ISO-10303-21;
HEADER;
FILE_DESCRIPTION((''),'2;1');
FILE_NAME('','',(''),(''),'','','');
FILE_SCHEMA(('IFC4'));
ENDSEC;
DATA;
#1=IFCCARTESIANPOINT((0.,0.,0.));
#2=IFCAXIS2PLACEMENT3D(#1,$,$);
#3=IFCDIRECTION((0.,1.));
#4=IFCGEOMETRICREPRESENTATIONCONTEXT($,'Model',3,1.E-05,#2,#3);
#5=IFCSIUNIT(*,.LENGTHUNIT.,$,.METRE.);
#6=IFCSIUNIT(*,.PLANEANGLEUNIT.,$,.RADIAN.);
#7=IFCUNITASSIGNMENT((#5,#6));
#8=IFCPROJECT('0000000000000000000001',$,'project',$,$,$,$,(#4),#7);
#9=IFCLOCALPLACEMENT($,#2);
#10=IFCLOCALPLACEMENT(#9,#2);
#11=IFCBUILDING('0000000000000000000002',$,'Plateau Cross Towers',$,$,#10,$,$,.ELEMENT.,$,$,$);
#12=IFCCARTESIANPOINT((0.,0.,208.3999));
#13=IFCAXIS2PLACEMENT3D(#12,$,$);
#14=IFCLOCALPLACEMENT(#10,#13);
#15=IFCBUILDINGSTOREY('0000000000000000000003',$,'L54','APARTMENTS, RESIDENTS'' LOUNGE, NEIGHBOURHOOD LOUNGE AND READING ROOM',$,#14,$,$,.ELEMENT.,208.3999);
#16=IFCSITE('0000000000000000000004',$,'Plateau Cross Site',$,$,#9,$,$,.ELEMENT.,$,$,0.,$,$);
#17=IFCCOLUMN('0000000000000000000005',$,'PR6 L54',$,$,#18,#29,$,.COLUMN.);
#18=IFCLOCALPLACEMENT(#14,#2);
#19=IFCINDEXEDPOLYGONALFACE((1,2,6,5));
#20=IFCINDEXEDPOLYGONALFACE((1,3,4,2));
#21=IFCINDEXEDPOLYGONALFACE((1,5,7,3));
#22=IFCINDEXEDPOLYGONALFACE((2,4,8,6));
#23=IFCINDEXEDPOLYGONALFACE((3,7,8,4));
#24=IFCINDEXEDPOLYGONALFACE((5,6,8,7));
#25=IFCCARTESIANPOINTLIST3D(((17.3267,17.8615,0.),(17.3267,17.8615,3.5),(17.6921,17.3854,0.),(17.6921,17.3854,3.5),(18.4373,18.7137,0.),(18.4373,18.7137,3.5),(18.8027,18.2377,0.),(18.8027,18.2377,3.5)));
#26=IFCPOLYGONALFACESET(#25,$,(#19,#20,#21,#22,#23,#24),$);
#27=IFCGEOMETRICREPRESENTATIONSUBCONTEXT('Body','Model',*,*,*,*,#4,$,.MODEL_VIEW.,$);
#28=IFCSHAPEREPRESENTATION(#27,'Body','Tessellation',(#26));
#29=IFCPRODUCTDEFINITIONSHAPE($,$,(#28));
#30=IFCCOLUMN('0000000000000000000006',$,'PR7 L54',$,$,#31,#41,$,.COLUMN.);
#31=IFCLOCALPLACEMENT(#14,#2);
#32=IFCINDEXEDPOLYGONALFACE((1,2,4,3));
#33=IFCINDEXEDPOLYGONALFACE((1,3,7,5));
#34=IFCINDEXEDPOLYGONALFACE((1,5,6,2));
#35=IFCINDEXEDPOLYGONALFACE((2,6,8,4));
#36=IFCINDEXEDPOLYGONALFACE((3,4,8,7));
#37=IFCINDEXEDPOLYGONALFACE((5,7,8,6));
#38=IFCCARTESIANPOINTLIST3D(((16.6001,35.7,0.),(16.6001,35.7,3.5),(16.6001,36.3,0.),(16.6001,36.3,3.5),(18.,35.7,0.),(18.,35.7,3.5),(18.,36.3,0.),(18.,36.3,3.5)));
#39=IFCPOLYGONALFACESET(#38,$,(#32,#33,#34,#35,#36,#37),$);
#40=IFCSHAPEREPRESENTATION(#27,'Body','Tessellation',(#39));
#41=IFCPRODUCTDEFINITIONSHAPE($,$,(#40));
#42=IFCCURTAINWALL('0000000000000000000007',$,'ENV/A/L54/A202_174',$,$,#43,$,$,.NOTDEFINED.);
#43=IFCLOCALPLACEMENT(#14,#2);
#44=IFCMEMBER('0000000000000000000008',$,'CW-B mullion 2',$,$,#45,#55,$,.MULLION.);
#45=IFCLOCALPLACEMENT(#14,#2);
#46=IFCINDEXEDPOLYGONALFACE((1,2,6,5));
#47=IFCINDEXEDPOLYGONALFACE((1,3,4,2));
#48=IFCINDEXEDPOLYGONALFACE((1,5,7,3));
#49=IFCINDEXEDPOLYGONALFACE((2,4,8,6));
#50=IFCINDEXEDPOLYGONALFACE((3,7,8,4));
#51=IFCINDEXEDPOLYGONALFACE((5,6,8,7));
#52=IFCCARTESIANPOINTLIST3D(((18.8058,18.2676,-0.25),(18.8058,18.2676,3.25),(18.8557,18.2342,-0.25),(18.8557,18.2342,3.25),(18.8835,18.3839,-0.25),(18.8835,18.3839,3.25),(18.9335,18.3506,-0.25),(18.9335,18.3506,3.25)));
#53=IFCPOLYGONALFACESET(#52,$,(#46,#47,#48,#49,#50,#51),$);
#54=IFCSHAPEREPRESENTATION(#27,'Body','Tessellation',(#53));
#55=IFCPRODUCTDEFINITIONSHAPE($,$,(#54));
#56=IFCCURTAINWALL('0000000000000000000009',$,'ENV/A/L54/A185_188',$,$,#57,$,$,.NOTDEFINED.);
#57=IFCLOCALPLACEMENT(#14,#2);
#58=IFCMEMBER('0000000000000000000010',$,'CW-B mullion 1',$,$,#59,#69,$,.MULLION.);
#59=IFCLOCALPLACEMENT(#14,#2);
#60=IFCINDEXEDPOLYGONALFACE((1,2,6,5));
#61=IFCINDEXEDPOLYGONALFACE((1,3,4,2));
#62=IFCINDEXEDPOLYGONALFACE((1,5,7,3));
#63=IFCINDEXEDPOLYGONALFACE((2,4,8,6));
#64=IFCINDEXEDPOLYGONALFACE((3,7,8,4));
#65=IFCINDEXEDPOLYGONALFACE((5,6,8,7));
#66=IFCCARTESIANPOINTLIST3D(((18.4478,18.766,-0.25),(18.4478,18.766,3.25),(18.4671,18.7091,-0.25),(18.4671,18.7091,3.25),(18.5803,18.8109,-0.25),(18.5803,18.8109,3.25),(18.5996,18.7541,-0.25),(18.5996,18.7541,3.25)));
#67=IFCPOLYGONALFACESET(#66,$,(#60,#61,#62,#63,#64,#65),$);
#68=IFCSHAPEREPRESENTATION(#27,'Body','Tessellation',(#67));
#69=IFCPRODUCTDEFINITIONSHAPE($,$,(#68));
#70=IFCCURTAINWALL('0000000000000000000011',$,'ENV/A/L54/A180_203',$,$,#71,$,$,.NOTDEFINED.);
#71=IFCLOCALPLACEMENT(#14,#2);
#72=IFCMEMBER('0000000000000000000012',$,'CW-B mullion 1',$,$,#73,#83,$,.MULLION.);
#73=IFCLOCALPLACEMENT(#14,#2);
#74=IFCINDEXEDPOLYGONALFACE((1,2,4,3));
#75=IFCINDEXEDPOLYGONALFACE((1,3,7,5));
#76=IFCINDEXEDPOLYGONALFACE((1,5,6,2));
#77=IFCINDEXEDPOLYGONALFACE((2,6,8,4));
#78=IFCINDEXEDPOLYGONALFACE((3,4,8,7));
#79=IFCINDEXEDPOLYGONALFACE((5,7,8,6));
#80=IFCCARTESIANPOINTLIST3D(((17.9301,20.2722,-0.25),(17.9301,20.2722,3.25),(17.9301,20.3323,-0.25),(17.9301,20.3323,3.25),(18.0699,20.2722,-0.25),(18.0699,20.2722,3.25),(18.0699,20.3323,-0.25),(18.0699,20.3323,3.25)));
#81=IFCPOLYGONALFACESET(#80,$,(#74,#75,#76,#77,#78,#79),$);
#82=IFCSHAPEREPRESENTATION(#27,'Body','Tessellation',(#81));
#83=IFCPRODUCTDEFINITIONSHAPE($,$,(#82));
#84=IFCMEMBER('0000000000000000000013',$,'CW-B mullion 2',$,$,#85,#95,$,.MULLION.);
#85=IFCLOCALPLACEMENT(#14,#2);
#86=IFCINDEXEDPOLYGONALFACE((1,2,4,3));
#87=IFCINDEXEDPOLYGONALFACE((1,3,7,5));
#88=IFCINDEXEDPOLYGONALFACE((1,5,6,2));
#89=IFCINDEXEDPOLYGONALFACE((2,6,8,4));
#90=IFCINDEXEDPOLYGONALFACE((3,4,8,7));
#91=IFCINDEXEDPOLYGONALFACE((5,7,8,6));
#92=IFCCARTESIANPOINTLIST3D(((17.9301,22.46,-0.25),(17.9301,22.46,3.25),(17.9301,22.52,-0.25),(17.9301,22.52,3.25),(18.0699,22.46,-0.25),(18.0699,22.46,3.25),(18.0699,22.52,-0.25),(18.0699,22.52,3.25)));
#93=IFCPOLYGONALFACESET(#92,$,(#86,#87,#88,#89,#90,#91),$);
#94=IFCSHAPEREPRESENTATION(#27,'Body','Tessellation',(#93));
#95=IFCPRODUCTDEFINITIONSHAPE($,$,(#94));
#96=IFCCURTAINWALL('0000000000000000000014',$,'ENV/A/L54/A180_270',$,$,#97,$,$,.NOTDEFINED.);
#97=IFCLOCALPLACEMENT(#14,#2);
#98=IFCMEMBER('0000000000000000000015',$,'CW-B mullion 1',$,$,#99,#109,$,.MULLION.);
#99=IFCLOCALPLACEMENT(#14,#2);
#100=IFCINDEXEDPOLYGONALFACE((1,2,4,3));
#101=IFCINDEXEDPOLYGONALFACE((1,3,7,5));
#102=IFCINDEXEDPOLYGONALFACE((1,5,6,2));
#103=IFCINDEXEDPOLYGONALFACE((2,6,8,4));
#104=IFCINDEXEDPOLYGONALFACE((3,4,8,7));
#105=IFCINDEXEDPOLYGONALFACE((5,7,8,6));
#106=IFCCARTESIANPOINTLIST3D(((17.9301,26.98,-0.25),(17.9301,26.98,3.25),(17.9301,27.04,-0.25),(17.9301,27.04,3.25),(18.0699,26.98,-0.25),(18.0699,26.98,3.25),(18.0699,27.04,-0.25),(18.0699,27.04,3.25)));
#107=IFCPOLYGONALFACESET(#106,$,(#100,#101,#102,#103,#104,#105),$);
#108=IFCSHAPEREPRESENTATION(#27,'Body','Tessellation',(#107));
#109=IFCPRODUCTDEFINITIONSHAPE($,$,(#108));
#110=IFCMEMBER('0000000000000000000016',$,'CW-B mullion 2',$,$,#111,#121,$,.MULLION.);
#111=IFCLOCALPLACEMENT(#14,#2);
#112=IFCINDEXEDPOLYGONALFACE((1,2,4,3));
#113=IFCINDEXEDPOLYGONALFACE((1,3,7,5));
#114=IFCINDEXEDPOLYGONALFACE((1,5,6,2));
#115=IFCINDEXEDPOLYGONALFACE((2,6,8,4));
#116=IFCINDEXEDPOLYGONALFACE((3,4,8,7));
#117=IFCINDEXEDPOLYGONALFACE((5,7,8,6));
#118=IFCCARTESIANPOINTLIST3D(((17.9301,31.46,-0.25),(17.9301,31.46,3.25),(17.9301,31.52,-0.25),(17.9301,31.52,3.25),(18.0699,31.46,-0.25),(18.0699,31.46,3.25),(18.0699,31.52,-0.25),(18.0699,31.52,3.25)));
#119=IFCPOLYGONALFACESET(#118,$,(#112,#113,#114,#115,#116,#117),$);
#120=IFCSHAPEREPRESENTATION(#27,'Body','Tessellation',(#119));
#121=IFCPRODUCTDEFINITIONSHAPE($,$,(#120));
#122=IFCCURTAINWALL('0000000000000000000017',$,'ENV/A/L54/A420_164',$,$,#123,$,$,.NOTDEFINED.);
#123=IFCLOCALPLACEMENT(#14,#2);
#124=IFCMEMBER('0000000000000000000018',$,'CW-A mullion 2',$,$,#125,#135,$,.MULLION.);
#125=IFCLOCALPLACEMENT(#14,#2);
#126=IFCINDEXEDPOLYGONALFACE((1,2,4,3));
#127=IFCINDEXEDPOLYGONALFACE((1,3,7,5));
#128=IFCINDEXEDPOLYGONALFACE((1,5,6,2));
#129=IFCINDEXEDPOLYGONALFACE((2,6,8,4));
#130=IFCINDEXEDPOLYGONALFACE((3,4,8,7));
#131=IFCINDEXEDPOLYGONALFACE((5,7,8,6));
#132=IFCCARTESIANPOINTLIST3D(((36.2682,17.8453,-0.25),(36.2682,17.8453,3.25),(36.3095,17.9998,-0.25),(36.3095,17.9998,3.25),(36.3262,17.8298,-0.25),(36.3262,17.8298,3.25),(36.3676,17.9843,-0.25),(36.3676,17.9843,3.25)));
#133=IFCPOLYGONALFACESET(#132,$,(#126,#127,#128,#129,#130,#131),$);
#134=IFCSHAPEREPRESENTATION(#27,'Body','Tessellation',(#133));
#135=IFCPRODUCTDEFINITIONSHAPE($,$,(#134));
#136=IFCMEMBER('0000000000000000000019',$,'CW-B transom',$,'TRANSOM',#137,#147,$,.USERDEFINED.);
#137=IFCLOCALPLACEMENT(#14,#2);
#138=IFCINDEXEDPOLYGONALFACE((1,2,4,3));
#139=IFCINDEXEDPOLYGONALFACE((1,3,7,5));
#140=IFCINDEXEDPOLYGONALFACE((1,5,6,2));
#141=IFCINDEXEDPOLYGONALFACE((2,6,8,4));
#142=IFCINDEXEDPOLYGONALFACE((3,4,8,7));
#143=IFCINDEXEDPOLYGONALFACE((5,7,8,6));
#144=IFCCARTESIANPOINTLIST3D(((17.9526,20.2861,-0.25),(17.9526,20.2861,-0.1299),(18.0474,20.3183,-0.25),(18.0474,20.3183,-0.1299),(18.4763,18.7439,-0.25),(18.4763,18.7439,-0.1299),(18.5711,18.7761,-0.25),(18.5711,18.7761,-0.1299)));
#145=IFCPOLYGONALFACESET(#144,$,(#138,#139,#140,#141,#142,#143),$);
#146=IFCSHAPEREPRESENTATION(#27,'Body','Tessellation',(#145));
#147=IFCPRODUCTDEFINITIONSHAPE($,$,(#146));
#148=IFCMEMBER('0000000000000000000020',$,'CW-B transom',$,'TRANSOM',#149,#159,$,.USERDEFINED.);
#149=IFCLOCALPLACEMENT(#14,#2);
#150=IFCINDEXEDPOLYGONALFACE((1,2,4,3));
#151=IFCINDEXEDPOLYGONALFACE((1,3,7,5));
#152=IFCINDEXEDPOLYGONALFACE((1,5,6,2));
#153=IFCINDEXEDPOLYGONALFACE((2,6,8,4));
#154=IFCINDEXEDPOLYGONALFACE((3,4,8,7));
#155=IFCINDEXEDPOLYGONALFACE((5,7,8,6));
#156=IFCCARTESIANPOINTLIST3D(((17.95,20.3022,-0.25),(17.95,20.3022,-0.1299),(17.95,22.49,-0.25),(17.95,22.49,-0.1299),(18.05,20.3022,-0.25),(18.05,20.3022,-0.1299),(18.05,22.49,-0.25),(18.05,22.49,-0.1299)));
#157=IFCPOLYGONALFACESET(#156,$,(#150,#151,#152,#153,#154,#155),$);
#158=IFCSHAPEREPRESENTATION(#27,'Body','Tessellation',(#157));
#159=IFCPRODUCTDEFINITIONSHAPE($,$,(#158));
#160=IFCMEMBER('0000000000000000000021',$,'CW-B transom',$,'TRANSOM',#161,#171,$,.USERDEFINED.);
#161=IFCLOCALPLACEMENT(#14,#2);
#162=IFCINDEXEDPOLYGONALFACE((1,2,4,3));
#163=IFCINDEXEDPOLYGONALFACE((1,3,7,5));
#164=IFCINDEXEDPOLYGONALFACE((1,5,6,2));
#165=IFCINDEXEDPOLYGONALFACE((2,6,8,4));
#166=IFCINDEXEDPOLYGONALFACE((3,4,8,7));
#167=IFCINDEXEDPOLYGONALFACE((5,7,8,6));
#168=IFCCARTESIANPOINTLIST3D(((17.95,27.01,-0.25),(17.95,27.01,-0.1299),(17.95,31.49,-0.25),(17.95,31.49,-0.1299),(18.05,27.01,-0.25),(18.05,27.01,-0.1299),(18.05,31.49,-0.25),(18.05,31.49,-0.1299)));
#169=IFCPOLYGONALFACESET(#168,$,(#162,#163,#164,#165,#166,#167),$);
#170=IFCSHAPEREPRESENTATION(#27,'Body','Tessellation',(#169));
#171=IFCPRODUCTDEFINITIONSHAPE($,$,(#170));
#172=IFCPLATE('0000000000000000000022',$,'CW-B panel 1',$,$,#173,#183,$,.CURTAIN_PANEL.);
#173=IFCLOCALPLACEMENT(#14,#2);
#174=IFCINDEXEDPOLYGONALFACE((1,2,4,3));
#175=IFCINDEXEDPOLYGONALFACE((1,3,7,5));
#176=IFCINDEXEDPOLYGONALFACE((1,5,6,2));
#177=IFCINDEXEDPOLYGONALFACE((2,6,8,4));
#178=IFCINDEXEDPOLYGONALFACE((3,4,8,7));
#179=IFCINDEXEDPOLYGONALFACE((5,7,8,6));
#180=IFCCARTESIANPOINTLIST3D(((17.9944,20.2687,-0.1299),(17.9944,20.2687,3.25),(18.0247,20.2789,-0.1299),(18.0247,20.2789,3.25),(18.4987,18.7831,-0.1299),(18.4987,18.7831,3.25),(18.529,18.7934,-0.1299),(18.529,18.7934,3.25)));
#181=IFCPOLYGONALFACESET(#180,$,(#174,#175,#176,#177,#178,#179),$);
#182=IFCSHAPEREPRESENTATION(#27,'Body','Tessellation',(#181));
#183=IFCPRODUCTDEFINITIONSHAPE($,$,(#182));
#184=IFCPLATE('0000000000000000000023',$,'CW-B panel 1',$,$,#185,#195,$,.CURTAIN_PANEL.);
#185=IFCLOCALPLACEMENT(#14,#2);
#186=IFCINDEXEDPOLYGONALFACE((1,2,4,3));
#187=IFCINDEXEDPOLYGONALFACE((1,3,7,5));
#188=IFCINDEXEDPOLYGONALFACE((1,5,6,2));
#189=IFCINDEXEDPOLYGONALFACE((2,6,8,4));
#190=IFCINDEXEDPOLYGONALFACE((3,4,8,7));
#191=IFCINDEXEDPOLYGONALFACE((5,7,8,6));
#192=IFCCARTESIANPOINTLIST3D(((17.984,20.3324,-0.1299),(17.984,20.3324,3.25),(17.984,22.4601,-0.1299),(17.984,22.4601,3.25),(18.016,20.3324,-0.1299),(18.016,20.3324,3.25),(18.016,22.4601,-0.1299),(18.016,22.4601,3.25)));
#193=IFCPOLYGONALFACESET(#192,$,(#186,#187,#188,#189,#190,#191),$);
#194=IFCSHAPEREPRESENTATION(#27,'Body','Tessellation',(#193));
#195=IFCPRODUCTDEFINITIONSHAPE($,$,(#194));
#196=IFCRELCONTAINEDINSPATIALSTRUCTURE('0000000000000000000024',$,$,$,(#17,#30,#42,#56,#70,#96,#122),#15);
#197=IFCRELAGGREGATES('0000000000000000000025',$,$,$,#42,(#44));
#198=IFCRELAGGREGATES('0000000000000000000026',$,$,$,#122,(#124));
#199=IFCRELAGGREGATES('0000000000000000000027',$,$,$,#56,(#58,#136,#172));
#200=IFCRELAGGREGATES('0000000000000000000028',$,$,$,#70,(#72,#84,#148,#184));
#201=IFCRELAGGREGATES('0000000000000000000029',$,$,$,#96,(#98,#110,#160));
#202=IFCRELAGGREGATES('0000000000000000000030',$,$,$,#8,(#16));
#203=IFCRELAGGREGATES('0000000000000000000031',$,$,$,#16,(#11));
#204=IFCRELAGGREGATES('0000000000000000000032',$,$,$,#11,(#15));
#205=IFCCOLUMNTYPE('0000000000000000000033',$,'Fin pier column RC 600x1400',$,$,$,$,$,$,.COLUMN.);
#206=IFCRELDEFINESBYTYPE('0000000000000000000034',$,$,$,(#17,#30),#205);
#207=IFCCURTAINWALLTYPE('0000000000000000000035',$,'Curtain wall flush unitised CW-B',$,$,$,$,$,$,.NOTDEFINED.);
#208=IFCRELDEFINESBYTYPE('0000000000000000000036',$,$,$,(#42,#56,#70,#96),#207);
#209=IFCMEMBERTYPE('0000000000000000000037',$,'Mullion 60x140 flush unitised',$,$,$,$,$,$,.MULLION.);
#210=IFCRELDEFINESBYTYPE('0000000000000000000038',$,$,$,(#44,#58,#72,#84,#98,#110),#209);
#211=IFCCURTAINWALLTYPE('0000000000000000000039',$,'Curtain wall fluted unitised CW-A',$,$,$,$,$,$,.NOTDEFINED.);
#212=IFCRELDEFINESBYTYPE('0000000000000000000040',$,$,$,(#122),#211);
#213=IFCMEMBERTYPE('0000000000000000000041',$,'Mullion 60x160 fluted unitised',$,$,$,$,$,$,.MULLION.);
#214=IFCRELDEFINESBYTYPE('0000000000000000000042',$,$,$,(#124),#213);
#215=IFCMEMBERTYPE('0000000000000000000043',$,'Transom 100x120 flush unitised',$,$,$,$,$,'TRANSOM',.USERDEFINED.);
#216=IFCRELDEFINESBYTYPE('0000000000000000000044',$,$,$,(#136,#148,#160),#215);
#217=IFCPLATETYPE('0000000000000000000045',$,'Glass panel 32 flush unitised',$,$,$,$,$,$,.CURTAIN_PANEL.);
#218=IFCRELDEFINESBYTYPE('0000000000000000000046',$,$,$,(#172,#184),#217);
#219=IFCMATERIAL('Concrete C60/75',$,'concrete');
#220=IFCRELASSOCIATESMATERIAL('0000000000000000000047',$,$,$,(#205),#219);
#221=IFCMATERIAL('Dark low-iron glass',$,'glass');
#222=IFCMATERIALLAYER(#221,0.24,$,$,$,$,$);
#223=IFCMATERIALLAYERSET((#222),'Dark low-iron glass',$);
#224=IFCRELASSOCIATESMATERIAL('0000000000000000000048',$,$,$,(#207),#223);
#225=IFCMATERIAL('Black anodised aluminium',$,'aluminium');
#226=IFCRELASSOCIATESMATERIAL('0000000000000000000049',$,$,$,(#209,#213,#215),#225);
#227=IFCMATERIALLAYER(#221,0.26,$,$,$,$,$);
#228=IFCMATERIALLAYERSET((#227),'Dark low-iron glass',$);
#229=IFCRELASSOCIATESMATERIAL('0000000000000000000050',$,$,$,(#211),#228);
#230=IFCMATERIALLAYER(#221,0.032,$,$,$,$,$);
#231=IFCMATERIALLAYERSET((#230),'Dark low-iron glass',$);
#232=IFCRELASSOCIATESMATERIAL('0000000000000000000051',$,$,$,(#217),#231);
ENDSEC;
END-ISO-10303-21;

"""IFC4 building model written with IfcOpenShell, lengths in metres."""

from ifc_helpers import new_model, si_unit, direction, frame, origin, origin_2d, place, context, subcontext, project, spatial, rectangle, extrude, material, layer, layer_set, material_profile, profile_set, type_object, element, aggregate, save


model = new_model("IFC4")

# Units and contexts
model_context = context("Model", 3, precision=1e-05, world=origin(), true_north=direction((0.0, 1.0)))
body_context = subcontext(model_context, "Body", "Model", "MODEL_VIEW")
ifc_project = project(units=[si_unit("LENGTHUNIT", "METRE"), si_unit("PLANEANGLEUNIT", "RADIAN")], contexts=[model_context])

# Site, building, storey
site_placement = place(None, origin())
site = spatial("IfcSite", under=ifc_project, at=site_placement, Name="Plateau Cross Site", CompositionType="ELEMENT", RefElevation=0.0)
building_placement = place(site_placement, origin())
building = spatial("IfcBuilding", under=site, at=building_placement, Name="Plateau Cross Towers", CompositionType="ELEMENT")
storey_placement = place(building_placement, frame((0.0, 0.0, 208.3999)))
storey = spatial("IfcBuildingStorey", under=building, at=storey_placement, Name="L54", Description="APARTMENTS, RESIDENTS' LOUNGE, NEIGHBOURHOOD LOUNGE AND READING ROOM", CompositionType="ELEMENT", Elevation=208.3999)

# Columns
ifc_material_1 = material(Name="Concrete C60/75", Category="concrete")
ifc_material_profile_1 = material_profile(ifc_material_1, rectangle(XDim=0.6001, YDim=1.3999, at=origin_2d()), Name="RC 600x1400")
ifc_profile_set_1 = profile_set([ifc_material_profile_1], Name="Concrete C60/75")
column_type = type_object("IfcColumnType", Name="Fin pier column RC 600x1400", PredefinedType="COLUMN", material=ifc_profile_set_1)
for number, where, z_axis, x_axis, name in (
    (1, (18.0647, 18.0496, 0.0), (0.0, 0.0, 1.0), (-0.608811, 0.793315, 0.0), "PR6 L54"),
    (2, (17.3, 36.0, 0.0), (0.0, 0.0, 1.0), (0.0, 1.0, 0.0), "PR7 L54"),
):
    element("IfcColumn", number, at=place(storey_placement, frame(where, z_axis=z_axis, x_axis=x_axis)), inside=storey, type_object=column_type, Name=name, PredefinedType="COLUMN", context=body_context, shape_type="SweptSolid", body=[
        extrude(rectangle(XDim=0.6001, YDim=1.3999, at=origin_2d()), origin(), (0.0, 0.0, 1.0), 3.5),
    ])

# Curtain walls, members
ifc_material_2 = material(Name="Dark low-iron glass", Category="glass")
ifc_layer_1 = layer(ifc_material_2, 0.24)
ifc_layer_set_1 = layer_set([ifc_layer_1], Name="Dark low-iron glass")
curtain_wall_type_1 = type_object("IfcCurtainWallType", Name="Curtain wall flush unitised CW-B", PredefinedType="NOTDEFINED", material=ifc_layer_set_1)
curtain_wall_1_placement = place(storey_placement, origin())
curtain_wall_1 = element("IfcCurtainWall", 3, at=curtain_wall_1_placement, inside=storey, type_object=curtain_wall_type_1, Name="ENV/A/L54/A202_174", PredefinedType="NOTDEFINED")
ifc_material_3 = material(Name="Black anodised aluminium", Category="aluminium")
ifc_material_profile_2 = material_profile(ifc_material_3, rectangle(XDim=0.0601, YDim=0.1399, at=origin_2d()), Name="MULLION 60x140")
ifc_profile_set_2 = profile_set([ifc_material_profile_2], Name="Black anodised aluminium")
member_type_1 = type_object("IfcMemberType", Name="Mullion 60x140 flush unitised", PredefinedType="MULLION", material=ifc_profile_set_2)
member_1_placement = place(storey_placement, frame((18.8696, 18.3091, -0.25), z_axis=(0.0, 0.0, 1.0), x_axis=(-0.831521, 0.555493, 0.0)))
member_1 = element("IfcMember", 4, at=member_1_placement, type_object=member_type_1, Name="CW-B mullion 2", PredefinedType="MULLION", context=body_context, shape_type="SweptSolid", body=[
    extrude(rectangle(XDim=0.0601, YDim=0.1399, at=origin_2d()), origin(), (0.0, 0.0, 1.0), 3.5),
])
aggregate(curtain_wall_1, [member_1])
curtain_wall_2_placement = place(storey_placement, origin())
curtain_wall_2 = element("IfcCurtainWall", 5, at=curtain_wall_2_placement, inside=storey, type_object=curtain_wall_type_1, Name="ENV/A/L54/A185_188", PredefinedType="NOTDEFINED")
member_2_placement = place(storey_placement, frame((18.5237, 18.76, -0.25), z_axis=(0.0, 0.0, 1.0), x_axis=(-0.321469, 0.94692, 0.0)))
member_2 = element("IfcMember", 6, at=member_2_placement, type_object=member_type_1, Name="CW-B mullion 1", PredefinedType="MULLION", context=body_context, shape_type="SweptSolid", body=[
    extrude(rectangle(XDim=0.0601, YDim=0.1399, at=origin_2d()), origin(), (0.0, 0.0, 1.0), 3.5),
])

# Curtain walls, members
curtain_wall_3_placement = place(storey_placement, origin())
curtain_wall_3 = element("IfcCurtainWall", 7, at=curtain_wall_3_placement, inside=storey, type_object=curtain_wall_type_1, Name="ENV/A/L54/A180_203", PredefinedType="NOTDEFINED")
member_3_placement = place(storey_placement, frame((18.0, 20.3022, -0.25), z_axis=(0.0, 0.0, 1.0), x_axis=(0.0, 1.0, 0.0)))
member_3 = element("IfcMember", 8, at=member_3_placement, type_object=member_type_1, Name="CW-B mullion 1", PredefinedType="MULLION", context=body_context, shape_type="SweptSolid", body=[
    extrude(rectangle(XDim=0.0601, YDim=0.1399, at=origin_2d()), origin(), (0.0, 0.0, 1.0), 3.5),
])
member_4_placement = place(storey_placement, frame((18.0, 22.49, -0.25), z_axis=(0.0, 0.0, 1.0), x_axis=(0.0, 1.0, 0.0)))
member_4 = element("IfcMember", 9, at=member_4_placement, type_object=member_type_1, Name="CW-B mullion 2", PredefinedType="MULLION", context=body_context, shape_type="SweptSolid", body=[
    extrude(rectangle(XDim=0.0601, YDim=0.1399, at=origin_2d()), origin(), (0.0, 0.0, 1.0), 3.5),
])
curtain_wall_4_placement = place(storey_placement, origin())
curtain_wall_4 = element("IfcCurtainWall", 10, at=curtain_wall_4_placement, inside=storey, type_object=curtain_wall_type_1, Name="ENV/A/L54/A180_270", PredefinedType="NOTDEFINED")
member_5_placement = place(storey_placement, frame((18.0, 27.01, -0.25), z_axis=(0.0, 0.0, 1.0), x_axis=(0.0, 1.0, 0.0)))
member_5 = element("IfcMember", 11, at=member_5_placement, type_object=member_type_1, Name="CW-B mullion 1", PredefinedType="MULLION", context=body_context, shape_type="SweptSolid", body=[
    extrude(rectangle(XDim=0.0601, YDim=0.1399, at=origin_2d()), origin(), (0.0, 0.0, 1.0), 3.5),
])
member_6_placement = place(storey_placement, frame((18.0, 31.49, -0.25), z_axis=(0.0, 0.0, 1.0), x_axis=(0.0, 1.0, 0.0)))
member_6 = element("IfcMember", 12, at=member_6_placement, type_object=member_type_1, Name="CW-B mullion 2", PredefinedType="MULLION", context=body_context, shape_type="SweptSolid", body=[
    extrude(rectangle(XDim=0.0601, YDim=0.1399, at=origin_2d()), origin(), (0.0, 0.0, 1.0), 3.5),
])

# Curtain wall, member
ifc_layer_2 = layer(ifc_material_2, 0.26)
ifc_layer_set_2 = layer_set([ifc_layer_2], Name="Dark low-iron glass")
curtain_wall_type_2 = type_object("IfcCurtainWallType", Name="Curtain wall fluted unitised CW-A", PredefinedType="NOTDEFINED", material=ifc_layer_set_2)
curtain_wall_5_placement = place(storey_placement, origin())
curtain_wall_5 = element("IfcCurtainWall", 13, at=curtain_wall_5_placement, inside=storey, type_object=curtain_wall_type_2, Name="ENV/A/L54/A420_164", PredefinedType="NOTDEFINED")
ifc_material_profile_3 = material_profile(ifc_material_3, rectangle(XDim=0.0601, YDim=0.1599, at=origin_2d()), Name="MULLION 60x160")
ifc_profile_set_3 = profile_set([ifc_material_profile_3], Name="Black anodised aluminium")
member_type_2 = type_object("IfcMemberType", Name="Mullion 60x160 fluted unitised", PredefinedType="MULLION", material=ifc_profile_set_3)
member_7_placement = place(storey_placement, frame((36.3179, 17.9148, -0.25), z_axis=(0.0, 0.0, 1.0), x_axis=(-0.965958, 0.258699, 0.0)))
member_7 = element("IfcMember", 14, at=member_7_placement, type_object=member_type_2, Name="CW-A mullion 2", PredefinedType="MULLION", context=body_context, shape_type="SweptSolid", body=[
    extrude(rectangle(XDim=0.0601, YDim=0.1599, at=origin_2d()), origin(), (0.0, 0.0, 1.0), 3.5),
])
aggregate(curtain_wall_5, [member_7])

# Members
ifc_material_profile_4 = material_profile(ifc_material_3, rectangle(XDim=0.1001, YDim=0.1201, at=origin_2d()), Name="TRANSOM 100x120")
ifc_profile_set_4 = profile_set([ifc_material_profile_4], Name="Black anodised aluminium")
member_type_3 = type_object("IfcMemberType", Name="Transom 100x120 flush unitised", ElementType="TRANSOM", PredefinedType="USERDEFINED", material=ifc_profile_set_4)
member_8_placement = place(storey_placement, frame((18.5237, 18.76, -0.1899), z_axis=(-0.321529, 0.9469, 0.0), x_axis=(-0.9469, -0.321529, 0.0)))
member_8 = element("IfcMember", 15, at=member_8_placement, type_object=member_type_3, Name="CW-B transom", ObjectType="TRANSOM", PredefinedType="USERDEFINED", context=body_context, shape_type="SweptSolid", body=[
    extrude(rectangle(XDim=0.1001, YDim=0.1201, at=origin_2d()), origin(), (0.0, 0.0, 1.0), 1.6287),
])
member_9_placement = place(storey_placement, frame((18.0, 20.3022, -0.1899), z_axis=(0.0, 1.0, 0.0), x_axis=(-1.0, 0.0, 0.0)))
member_9 = element("IfcMember", 16, at=member_9_placement, type_object=member_type_3, Name="CW-B transom", ObjectType="TRANSOM", PredefinedType="USERDEFINED", context=body_context, shape_type="SweptSolid", body=[
    extrude(rectangle(XDim=0.1001, YDim=0.1201, at=origin_2d()), origin(), (0.0, 0.0, 1.0), 2.1877),
])
member_10_placement = place(storey_placement, frame((18.0, 27.01, -0.1899), z_axis=(0.0, 1.0, 0.0), x_axis=(-1.0, 0.0, 0.0)))
member_10 = element("IfcMember", 17, at=member_10_placement, type_object=member_type_3, Name="CW-B transom", ObjectType="TRANSOM", PredefinedType="USERDEFINED", context=body_context, shape_type="SweptSolid", body=[
    extrude(rectangle(XDim=0.1001, YDim=0.1201, at=origin_2d()), origin(), (0.0, 0.0, 1.0), 4.48),
])

# Plates
ifc_layer_3 = layer(ifc_material_2, 0.032)
ifc_layer_set_3 = layer_set([ifc_layer_3], Name="Dark low-iron glass")
plate_type = type_object("IfcPlateType", Name="Glass panel 32 flush unitised", PredefinedType="CURTAIN_PANEL", material=ifc_layer_set_3)
plate_1_placement = place(storey_placement, frame((18.2617, 19.531, -0.1299), z_axis=(0.0, 0.0, 1.0), x_axis=(-0.321469, 0.94692, 0.0)))
plate_1 = element("IfcPlate", 18, at=plate_1_placement, type_object=plate_type, Name="CW-B panel 1", PredefinedType="CURTAIN_PANEL", context=body_context, shape_type="SweptSolid", body=[
    extrude(rectangle(XDim=1.5688, YDim=0.032, at=origin_2d()), origin(), (0.0, 0.0, 1.0), 3.3799),
])
aggregate(curtain_wall_2, [member_2, member_8, plate_1])
plate_2_placement = place(storey_placement, frame((18.0, 21.3962, -0.1299), z_axis=(0.0, 0.0, 1.0), x_axis=(0.0, 1.0, 0.0)))
plate_2 = element("IfcPlate", 19, at=plate_2_placement, type_object=plate_type, Name="CW-B panel 1", PredefinedType="CURTAIN_PANEL", context=body_context, shape_type="SweptSolid", body=[
    extrude(rectangle(XDim=2.1277, YDim=0.032, at=origin_2d()), origin(), (0.0, 0.0, 1.0), 3.3799),
])
aggregate(curtain_wall_3, [member_3, member_4, member_9, plate_2])
aggregate(curtain_wall_4, [member_5, member_6, member_10])

save(model, "model.ifc")
